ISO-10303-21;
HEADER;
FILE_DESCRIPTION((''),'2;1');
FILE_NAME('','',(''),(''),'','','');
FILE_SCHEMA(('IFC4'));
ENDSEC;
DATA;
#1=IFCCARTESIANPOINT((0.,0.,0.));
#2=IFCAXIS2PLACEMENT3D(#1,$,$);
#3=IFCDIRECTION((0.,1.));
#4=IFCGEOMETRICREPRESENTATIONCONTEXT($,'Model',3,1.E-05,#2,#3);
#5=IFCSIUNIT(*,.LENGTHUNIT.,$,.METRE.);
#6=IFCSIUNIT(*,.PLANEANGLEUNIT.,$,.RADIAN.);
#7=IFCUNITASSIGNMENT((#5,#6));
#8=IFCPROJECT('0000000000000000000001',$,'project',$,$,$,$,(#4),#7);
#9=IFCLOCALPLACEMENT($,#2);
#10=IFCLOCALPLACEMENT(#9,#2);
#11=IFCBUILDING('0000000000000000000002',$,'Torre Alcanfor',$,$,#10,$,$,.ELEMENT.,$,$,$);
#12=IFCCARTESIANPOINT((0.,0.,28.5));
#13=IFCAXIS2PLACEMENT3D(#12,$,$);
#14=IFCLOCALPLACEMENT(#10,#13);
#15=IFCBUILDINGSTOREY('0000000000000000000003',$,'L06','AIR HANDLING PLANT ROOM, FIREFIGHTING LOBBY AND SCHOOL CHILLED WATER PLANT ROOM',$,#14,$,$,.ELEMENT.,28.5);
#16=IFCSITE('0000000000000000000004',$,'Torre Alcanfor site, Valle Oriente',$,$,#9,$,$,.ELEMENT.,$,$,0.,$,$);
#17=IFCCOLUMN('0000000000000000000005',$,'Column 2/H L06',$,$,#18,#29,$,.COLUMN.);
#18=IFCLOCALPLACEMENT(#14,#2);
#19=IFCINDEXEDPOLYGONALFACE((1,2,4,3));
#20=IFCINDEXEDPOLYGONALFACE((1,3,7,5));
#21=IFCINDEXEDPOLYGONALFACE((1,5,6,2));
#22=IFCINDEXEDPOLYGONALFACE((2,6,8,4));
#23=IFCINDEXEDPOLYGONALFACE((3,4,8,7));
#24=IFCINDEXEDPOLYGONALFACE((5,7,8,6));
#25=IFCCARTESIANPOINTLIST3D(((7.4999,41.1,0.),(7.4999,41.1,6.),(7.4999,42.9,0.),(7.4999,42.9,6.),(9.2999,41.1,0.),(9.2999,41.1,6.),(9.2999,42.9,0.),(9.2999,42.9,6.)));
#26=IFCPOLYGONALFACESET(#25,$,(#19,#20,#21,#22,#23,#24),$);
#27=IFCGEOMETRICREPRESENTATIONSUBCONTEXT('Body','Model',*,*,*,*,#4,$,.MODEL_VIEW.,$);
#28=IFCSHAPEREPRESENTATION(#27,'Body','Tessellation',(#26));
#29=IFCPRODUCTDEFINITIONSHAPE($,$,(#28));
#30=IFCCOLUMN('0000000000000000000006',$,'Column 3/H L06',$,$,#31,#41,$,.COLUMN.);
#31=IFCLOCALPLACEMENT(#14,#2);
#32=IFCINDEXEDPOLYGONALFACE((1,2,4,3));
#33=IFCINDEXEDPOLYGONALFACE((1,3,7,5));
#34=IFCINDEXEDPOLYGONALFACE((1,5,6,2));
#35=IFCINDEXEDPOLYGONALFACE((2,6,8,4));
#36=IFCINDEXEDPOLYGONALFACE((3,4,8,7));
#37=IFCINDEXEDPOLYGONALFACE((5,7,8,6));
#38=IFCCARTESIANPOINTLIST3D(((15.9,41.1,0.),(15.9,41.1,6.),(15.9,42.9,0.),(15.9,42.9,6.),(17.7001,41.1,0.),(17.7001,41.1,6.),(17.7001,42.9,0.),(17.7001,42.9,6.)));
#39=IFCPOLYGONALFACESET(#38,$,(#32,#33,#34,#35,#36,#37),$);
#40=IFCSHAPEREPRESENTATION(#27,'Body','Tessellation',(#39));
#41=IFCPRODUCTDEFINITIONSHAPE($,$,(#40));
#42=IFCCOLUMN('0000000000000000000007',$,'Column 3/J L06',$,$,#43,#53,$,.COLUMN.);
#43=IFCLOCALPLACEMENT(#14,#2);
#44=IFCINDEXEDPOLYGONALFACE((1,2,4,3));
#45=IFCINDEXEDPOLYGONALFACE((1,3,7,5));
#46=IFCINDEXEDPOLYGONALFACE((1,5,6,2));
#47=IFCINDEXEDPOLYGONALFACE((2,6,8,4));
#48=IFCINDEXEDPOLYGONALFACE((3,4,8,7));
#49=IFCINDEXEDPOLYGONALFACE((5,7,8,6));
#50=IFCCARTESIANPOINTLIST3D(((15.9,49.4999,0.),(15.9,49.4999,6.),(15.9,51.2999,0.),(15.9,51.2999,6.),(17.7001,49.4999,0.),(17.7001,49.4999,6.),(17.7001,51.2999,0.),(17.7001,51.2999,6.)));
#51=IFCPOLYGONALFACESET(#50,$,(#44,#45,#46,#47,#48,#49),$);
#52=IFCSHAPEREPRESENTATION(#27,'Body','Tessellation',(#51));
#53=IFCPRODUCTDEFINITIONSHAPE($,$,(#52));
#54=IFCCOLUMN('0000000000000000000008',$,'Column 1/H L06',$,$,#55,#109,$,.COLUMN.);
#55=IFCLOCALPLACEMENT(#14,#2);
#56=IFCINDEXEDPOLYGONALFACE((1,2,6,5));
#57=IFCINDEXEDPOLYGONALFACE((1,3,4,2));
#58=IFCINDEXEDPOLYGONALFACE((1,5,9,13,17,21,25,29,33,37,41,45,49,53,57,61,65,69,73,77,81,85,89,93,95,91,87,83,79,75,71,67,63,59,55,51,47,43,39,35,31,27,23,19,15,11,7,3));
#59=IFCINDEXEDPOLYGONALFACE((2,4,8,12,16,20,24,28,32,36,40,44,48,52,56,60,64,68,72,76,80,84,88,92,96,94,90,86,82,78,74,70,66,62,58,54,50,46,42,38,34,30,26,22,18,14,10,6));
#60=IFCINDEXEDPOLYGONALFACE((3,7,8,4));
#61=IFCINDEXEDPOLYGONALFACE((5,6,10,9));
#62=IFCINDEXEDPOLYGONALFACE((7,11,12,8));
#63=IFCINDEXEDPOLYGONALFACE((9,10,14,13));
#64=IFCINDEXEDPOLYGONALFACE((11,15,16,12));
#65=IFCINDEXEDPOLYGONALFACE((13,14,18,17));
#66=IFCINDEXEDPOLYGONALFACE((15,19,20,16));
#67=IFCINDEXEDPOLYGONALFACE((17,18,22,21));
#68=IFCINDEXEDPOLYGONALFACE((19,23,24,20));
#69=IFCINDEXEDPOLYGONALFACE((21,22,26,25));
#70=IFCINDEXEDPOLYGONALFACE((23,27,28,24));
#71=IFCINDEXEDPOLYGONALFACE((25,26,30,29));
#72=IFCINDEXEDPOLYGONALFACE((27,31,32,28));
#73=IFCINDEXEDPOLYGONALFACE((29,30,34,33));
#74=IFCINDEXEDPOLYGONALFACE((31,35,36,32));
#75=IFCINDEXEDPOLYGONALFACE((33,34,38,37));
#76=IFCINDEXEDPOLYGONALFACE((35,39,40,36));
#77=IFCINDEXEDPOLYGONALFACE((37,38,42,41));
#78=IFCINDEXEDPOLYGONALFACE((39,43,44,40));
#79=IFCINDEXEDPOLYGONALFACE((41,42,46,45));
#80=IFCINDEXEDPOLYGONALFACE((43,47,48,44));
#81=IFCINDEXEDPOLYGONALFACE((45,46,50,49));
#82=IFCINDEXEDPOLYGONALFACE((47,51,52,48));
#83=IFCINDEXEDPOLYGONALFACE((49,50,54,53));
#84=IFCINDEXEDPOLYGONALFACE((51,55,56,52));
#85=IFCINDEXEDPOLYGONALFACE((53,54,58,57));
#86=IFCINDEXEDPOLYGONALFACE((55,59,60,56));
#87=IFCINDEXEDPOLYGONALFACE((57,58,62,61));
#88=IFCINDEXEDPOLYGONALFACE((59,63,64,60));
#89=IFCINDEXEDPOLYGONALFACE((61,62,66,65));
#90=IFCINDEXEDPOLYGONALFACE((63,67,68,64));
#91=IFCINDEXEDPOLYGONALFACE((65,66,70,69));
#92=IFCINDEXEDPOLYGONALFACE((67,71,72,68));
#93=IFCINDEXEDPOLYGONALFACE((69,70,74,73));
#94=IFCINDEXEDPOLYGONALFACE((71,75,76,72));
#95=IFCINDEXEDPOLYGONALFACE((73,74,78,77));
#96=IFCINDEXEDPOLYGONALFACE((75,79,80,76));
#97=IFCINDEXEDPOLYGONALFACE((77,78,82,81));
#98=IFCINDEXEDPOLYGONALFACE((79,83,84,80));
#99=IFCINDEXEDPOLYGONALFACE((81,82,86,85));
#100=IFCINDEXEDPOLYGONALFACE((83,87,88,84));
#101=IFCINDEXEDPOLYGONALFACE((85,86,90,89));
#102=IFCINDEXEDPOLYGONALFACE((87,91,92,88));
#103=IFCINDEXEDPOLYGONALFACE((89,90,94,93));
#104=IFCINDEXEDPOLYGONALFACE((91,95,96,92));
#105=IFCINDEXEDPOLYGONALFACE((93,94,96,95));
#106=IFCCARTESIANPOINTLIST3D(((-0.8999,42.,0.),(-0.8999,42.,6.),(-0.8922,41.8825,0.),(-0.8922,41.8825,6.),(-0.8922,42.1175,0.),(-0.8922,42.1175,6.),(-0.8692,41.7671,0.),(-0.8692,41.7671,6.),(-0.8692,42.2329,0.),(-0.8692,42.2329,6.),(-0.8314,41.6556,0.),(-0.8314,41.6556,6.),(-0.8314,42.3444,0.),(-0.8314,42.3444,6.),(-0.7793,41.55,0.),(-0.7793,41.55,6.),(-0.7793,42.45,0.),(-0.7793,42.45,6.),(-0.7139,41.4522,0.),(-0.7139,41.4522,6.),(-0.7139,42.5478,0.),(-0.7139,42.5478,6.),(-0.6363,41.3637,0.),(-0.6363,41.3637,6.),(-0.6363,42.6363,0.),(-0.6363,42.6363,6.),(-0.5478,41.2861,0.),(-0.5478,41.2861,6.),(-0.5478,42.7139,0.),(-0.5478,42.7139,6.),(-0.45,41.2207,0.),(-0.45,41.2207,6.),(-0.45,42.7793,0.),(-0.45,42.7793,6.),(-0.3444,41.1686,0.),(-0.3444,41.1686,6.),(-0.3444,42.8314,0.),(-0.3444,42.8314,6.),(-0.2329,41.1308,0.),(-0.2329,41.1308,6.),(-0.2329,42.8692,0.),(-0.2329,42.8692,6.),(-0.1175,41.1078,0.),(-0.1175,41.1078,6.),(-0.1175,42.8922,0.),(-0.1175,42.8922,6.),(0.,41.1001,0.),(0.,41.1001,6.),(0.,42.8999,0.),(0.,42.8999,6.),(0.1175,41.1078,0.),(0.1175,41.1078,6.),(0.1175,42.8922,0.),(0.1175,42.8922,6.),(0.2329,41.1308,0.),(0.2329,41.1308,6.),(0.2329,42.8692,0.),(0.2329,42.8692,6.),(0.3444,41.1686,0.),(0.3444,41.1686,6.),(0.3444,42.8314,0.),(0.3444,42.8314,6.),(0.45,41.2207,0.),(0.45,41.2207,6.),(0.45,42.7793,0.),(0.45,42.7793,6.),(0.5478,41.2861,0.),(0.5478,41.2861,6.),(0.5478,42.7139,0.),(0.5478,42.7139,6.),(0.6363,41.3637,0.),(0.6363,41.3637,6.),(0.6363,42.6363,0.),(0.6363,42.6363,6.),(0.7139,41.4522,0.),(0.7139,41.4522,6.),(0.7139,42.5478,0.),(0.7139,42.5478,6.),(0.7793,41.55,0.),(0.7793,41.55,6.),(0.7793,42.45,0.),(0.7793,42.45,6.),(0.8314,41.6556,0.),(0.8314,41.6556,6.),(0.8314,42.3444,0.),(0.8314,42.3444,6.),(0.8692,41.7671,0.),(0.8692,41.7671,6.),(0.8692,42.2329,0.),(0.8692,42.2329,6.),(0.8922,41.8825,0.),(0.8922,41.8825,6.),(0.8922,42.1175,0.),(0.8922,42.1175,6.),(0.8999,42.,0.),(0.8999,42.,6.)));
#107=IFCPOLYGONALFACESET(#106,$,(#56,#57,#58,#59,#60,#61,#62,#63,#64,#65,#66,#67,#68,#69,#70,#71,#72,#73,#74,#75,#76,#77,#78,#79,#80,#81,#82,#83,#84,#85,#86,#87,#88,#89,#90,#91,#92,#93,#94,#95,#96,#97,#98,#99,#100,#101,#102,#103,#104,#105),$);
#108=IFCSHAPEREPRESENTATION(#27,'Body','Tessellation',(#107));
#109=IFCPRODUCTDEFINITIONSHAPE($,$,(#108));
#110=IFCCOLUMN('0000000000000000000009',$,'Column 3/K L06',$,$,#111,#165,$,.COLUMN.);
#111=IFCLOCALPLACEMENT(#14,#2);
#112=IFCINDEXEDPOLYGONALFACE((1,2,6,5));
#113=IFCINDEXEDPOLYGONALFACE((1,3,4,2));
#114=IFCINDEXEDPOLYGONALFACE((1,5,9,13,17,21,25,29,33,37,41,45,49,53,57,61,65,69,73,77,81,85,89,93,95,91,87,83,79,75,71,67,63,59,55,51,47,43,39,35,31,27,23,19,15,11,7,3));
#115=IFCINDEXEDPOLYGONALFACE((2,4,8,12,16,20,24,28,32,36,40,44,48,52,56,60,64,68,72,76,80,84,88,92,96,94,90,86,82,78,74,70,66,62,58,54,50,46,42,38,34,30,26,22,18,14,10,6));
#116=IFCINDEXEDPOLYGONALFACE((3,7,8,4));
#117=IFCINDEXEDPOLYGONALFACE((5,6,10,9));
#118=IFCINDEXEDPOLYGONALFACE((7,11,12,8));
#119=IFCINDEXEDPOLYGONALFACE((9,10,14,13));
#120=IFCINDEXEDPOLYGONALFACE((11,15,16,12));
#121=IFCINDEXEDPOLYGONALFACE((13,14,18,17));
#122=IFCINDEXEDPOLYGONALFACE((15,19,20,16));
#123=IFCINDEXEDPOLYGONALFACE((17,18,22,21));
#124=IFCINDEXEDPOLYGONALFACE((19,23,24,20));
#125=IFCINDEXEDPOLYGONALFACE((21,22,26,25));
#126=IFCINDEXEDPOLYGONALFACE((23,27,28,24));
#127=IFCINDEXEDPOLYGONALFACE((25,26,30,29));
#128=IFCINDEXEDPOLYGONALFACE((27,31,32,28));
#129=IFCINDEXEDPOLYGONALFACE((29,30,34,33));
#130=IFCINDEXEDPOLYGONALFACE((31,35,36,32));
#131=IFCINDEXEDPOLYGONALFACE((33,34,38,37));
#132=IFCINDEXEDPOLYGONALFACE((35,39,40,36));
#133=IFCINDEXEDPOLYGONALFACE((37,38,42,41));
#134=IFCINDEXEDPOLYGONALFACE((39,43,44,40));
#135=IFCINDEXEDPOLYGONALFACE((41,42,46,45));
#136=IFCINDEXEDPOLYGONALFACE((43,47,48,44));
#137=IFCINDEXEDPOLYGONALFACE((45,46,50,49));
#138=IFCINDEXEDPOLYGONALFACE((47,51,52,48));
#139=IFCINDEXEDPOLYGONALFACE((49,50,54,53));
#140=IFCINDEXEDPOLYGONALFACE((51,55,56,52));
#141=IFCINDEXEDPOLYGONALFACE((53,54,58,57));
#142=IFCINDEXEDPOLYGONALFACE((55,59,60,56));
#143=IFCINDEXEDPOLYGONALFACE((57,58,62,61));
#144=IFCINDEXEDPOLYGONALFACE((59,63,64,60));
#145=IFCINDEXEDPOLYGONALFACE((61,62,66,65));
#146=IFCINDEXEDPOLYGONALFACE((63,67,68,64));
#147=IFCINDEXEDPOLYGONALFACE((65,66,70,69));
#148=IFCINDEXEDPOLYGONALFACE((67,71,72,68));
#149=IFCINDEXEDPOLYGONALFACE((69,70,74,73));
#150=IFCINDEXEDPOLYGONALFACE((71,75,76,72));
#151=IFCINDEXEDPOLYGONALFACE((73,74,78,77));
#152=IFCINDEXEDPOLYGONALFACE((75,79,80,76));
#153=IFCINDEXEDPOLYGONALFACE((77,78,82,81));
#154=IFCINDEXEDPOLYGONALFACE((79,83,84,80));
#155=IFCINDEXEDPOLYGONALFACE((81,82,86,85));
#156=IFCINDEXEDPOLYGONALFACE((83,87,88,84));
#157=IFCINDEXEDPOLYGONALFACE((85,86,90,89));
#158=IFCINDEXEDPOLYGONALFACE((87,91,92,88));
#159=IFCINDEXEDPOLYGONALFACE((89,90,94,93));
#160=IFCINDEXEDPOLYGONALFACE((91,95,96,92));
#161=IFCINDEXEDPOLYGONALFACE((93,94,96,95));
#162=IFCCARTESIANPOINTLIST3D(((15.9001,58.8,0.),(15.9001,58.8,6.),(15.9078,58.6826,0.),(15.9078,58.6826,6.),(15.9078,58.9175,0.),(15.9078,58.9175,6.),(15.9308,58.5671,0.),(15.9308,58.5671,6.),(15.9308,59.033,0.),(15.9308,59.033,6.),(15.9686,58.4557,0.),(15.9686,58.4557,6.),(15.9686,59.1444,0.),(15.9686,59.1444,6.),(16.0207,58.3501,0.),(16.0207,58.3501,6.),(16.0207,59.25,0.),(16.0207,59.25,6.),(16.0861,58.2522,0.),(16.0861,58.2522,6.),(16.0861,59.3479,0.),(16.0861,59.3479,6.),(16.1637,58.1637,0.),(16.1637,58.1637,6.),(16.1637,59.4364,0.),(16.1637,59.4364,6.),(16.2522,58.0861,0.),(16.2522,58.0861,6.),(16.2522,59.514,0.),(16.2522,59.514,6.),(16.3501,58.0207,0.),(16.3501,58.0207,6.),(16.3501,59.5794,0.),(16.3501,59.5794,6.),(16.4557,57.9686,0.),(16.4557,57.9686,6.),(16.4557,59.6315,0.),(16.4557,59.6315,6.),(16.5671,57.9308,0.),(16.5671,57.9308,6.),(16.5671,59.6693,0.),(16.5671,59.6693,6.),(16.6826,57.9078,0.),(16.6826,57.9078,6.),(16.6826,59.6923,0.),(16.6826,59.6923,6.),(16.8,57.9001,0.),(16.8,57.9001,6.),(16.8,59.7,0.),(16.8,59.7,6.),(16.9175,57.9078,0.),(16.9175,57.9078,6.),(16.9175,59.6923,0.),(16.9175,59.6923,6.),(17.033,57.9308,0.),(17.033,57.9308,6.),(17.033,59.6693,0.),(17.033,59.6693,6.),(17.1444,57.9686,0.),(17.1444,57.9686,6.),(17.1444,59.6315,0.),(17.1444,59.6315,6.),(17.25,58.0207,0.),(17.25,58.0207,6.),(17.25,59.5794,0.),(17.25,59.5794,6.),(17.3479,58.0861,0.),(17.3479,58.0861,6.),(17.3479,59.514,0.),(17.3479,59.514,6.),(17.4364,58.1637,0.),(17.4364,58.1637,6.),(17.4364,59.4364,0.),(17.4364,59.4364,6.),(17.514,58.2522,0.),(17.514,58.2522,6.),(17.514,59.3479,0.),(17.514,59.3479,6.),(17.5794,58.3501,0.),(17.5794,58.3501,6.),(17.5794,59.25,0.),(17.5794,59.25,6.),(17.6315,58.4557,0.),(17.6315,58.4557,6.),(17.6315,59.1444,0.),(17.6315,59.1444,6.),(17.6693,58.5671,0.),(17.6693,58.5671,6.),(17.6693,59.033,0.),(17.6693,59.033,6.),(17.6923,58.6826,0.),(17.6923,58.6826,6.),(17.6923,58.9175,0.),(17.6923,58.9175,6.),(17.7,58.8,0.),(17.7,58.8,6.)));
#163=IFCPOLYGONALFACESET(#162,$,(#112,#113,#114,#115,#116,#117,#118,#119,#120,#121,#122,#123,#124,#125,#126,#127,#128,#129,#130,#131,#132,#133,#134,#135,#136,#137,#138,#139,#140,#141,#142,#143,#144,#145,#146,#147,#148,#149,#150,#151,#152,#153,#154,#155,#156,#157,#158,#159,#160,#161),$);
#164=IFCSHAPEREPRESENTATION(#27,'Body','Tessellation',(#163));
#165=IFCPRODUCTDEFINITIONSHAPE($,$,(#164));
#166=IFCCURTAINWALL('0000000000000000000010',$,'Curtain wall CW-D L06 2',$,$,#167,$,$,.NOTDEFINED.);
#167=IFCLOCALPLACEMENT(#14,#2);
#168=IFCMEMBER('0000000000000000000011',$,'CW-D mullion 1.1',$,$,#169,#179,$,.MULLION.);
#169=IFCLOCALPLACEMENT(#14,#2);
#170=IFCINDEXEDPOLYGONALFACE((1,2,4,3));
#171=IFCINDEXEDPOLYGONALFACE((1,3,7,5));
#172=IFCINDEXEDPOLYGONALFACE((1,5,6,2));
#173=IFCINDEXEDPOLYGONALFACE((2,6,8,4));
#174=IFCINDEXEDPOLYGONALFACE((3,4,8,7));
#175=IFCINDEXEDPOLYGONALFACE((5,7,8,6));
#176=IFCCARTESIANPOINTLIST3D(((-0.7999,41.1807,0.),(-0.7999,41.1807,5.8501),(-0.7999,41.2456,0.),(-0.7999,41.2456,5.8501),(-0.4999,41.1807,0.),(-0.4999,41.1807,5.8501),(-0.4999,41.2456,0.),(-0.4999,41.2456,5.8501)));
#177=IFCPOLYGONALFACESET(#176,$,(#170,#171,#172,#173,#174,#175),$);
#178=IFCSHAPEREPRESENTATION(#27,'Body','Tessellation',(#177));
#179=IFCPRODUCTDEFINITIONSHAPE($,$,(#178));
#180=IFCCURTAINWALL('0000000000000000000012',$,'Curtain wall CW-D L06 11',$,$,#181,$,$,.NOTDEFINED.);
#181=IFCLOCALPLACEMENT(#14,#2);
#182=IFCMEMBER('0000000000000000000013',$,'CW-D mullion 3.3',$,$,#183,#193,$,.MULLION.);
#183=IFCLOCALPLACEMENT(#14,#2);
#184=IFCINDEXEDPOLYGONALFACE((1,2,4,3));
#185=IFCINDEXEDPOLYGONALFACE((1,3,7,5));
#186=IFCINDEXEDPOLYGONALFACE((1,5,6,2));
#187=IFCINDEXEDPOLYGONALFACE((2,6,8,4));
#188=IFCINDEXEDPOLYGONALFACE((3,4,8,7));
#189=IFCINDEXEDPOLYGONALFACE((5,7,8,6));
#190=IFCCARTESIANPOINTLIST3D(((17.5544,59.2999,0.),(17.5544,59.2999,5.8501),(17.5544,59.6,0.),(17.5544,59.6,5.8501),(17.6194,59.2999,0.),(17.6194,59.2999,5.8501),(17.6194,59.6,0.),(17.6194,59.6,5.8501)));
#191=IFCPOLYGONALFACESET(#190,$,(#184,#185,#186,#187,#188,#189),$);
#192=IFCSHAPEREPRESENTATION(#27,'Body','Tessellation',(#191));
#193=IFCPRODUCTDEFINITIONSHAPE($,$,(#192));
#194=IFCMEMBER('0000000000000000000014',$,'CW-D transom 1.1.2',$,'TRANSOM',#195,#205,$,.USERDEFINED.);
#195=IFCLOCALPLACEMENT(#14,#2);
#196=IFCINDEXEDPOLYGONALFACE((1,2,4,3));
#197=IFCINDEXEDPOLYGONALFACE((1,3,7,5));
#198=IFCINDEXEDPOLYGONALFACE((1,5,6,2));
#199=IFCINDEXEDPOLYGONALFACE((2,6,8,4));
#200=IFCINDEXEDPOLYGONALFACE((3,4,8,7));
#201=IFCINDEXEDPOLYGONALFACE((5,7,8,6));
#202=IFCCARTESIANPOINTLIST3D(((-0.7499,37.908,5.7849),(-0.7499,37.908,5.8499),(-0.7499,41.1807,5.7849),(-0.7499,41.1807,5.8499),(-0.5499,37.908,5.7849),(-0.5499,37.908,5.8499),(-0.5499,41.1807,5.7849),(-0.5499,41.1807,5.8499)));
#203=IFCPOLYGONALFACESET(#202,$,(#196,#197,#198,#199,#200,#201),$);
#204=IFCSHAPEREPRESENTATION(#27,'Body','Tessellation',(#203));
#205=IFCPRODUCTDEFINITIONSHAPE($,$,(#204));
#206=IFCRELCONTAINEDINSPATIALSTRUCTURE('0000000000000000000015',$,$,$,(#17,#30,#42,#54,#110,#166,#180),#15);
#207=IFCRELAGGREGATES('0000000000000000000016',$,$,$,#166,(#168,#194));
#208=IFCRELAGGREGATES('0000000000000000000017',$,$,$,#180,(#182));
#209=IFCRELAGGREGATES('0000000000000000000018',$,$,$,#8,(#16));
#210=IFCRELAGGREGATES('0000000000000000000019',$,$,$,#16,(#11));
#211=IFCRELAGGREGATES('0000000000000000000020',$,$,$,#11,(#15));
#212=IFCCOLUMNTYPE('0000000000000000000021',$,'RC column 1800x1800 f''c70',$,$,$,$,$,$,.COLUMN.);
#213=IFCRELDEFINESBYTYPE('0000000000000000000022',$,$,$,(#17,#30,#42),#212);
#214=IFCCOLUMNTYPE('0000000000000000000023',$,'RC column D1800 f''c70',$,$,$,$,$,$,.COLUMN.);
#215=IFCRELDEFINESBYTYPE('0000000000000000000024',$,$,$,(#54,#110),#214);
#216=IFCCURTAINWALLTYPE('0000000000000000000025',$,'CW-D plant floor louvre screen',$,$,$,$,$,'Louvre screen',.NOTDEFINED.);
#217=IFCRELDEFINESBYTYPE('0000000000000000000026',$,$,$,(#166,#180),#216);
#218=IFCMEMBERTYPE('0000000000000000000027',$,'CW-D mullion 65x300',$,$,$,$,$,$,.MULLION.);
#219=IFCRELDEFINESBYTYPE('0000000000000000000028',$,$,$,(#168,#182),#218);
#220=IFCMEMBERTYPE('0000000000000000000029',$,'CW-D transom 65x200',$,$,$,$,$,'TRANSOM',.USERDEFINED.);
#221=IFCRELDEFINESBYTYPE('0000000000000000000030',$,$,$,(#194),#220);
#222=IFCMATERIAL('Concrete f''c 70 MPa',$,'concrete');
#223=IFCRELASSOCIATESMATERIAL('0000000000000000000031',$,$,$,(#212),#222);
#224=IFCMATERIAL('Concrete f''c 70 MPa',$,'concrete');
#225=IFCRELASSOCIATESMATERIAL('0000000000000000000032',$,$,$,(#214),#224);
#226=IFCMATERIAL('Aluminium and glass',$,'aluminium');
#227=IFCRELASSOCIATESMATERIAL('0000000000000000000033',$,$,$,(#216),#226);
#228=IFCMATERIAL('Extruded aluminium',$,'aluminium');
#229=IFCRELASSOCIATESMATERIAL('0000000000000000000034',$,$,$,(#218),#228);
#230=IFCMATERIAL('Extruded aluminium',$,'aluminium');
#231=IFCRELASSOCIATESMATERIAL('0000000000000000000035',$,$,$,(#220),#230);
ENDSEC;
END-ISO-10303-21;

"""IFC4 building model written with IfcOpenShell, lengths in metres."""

from ifc_helpers import new_model, si_unit, direction, frame, origin, origin_2d, place, context, subcontext, project, spatial, rectangle, circle, extrude, material, material_profile, profile_set, type_object, element, aggregate, save


model = new_model("IFC4")

# Units and contexts
model_context = context("Model", 3, precision=1e-05, world=origin(), true_north=direction((0.0, 1.0)))
body_context = subcontext(model_context, "Body", "Model", "MODEL_VIEW")
ifc_project = project(units=[si_unit("LENGTHUNIT", "METRE"), si_unit("PLANEANGLEUNIT", "RADIAN")], contexts=[model_context])

# Site, building, storey
site_placement = place(None, origin())
site = spatial("IfcSite", under=ifc_project, at=site_placement, Name="Torre Alcanfor site, Valle Oriente", CompositionType="ELEMENT", RefElevation=0.0)
building_placement = place(site_placement, origin())
building = spatial("IfcBuilding", under=site, at=building_placement, Name="Torre Alcanfor", CompositionType="ELEMENT")
storey_placement = place(building_placement, frame((0.0, 0.0, 28.5)))
storey = spatial("IfcBuildingStorey", under=building, at=storey_placement, Name="L06", Description="AIR HANDLING PLANT ROOM, FIREFIGHTING LOBBY AND SCHOOL CHILLED WATER PLANT ROOM", CompositionType="ELEMENT", Elevation=28.5)

# Columns
ifc_material_1 = material(Name="Concrete f'c 70 MPa", Category="concrete")
ifc_material_profile_1 = material_profile(ifc_material_1, rectangle(XDim=1.8, YDim=1.8, at=origin_2d()), Name="1800x1800")
ifc_profile_set_1 = profile_set([ifc_material_profile_1], Name="Concrete f'c 70 MPa")
column_type_1 = type_object("IfcColumnType", Name="RC column 1800x1800 f'c70", PredefinedType="COLUMN", material=ifc_profile_set_1)
for number, where, z_axis, x_axis, name in (
    (1, (8.3999, 42.0, 0.0), (0.0, 0.0, 1.0), (1.0, 0.0, 0.0), "Column 2/H L06"),
    (2, (16.8, 42.0, 0.0), (0.0, 0.0, 1.0), (1.0, 0.0, 0.0), "Column 3/H L06"),
    (3, (16.8, 50.3999, 0.0), (0.0, 0.0, 1.0), (1.0, 0.0, 0.0), "Column 3/J L06"),
):
    element("IfcColumn", number, at=place(storey_placement, frame(where, z_axis=z_axis, x_axis=x_axis)), inside=storey, type_object=column_type_1, Name=name, PredefinedType="COLUMN", context=body_context, shape_type="SweptSolid", body=[
        extrude(rectangle(XDim=1.8, YDim=1.8, at=origin_2d()), origin(), (0.0, 0.0, 1.0), 6.0),
    ])
ifc_material_2 = material(Name="Concrete f'c 70 MPa", Category="concrete")
ifc_material_profile_2 = material_profile(ifc_material_2, circle(Radius=0.8999, at=origin_2d()), Name="D1800")
ifc_profile_set_2 = profile_set([ifc_material_profile_2], Name="Concrete f'c 70 MPa")
column_type_2 = type_object("IfcColumnType", Name="RC column D1800 f'c70", PredefinedType="COLUMN", material=ifc_profile_set_2)
for number, where, z_axis, x_axis, name in (
    (4, (0.0, 42.0, 0.0), (0.0, 0.0, 1.0), (1.0, 0.0, 0.0), "Column 1/H L06"),
    (5, (16.8, 58.8, 0.0), (0.0, 0.0, 1.0), (1.0, 0.0, 0.0), "Column 3/K L06"),
):
    element("IfcColumn", number, at=place(storey_placement, frame(where, z_axis=z_axis, x_axis=x_axis)), inside=storey, type_object=column_type_2, Name=name, PredefinedType="COLUMN", context=body_context, shape_type="SweptSolid", body=[
        extrude(circle(Radius=0.8999, at=origin_2d()), origin(), (0.0, 0.0, 1.0), 6.0),
    ])

# Curtain walls, members
ifc_material_3 = material(Name="Aluminium and glass", Category="aluminium")
curtain_wall_type = type_object("IfcCurtainWallType", Name="CW-D plant floor louvre screen", ElementType="Louvre screen", PredefinedType="NOTDEFINED", material=ifc_material_3)
curtain_wall_1_placement = place(storey_placement, origin())
curtain_wall_1 = element("IfcCurtainWall", 6, at=curtain_wall_1_placement, inside=storey, type_object=curtain_wall_type, Name="Curtain wall CW-D L06 2", PredefinedType="NOTDEFINED")
ifc_material_4 = material(Name="Extruded aluminium", Category="aluminium")
ifc_material_profile_3 = material_profile(ifc_material_4, rectangle(XDim=0.3, YDim=0.0649, at=origin_2d()), Name="CW-D mullion 65x300")
ifc_profile_set_3 = profile_set([ifc_material_profile_3], Name="Extruded aluminium")
member_type_1 = type_object("IfcMemberType", Name="CW-D mullion 65x300", PredefinedType="MULLION", material=ifc_profile_set_3)
member_1_placement = place(storey_placement, frame((-0.6499, 41.2131, 0.0), z_axis=(0.0, 0.0, 1.0), x_axis=(1.0, 0.0, 0.0)))
member_1 = element("IfcMember", 7, at=member_1_placement, type_object=member_type_1, Name="CW-D mullion 1.1", PredefinedType="MULLION", context=body_context, shape_type="SweptSolid", body=[
    extrude(rectangle(XDim=0.3, YDim=0.0649, at=origin_2d()), origin(), (0.0, 0.0, 1.0), 5.8501),
])
curtain_wall_2_placement = place(storey_placement, origin())
curtain_wall_2 = element("IfcCurtainWall", 8, at=curtain_wall_2_placement, inside=storey, type_object=curtain_wall_type, Name="Curtain wall CW-D L06 11", PredefinedType="NOTDEFINED")
member_2_placement = place(storey_placement, frame((17.5869, 59.45, 0.0), z_axis=(0.0, 0.0, 1.0), x_axis=(0.0, -1.0, 0.0)))
member_2 = element("IfcMember", 9, at=member_2_placement, type_object=member_type_1, Name="CW-D mullion 3.3", PredefinedType="MULLION", context=body_context, shape_type="SweptSolid", body=[
    extrude(rectangle(XDim=0.3, YDim=0.0649, at=origin_2d()), origin(), (0.0, 0.0, 1.0), 5.8501),
])

# Member
ifc_material_5 = material(Name="Extruded aluminium", Category="aluminium")
ifc_material_profile_4 = material_profile(ifc_material_5, rectangle(XDim=0.2, YDim=0.0649, at=origin_2d()), Name="CW-D transom 200x65")
ifc_profile_set_4 = profile_set([ifc_material_profile_4], Name="Extruded aluminium")
member_type_2 = type_object("IfcMemberType", Name="CW-D transom 65x200", ElementType="TRANSOM", PredefinedType="USERDEFINED", material=ifc_profile_set_4)
member_3_placement = place(storey_placement, frame((-0.6499, 41.1807, 5.8174), z_axis=(0.0, -1.0, 0.0), x_axis=(1.0, 0.0, 0.0)))
member_3 = element("IfcMember", 10, at=member_3_placement, type_object=member_type_2, Name="CW-D transom 1.1.2", ObjectType="TRANSOM", PredefinedType="USERDEFINED", context=body_context, shape_type="SweptSolid", body=[
    extrude(rectangle(XDim=0.2, YDim=0.0649, at=origin_2d()), origin(), (0.0, 0.0, 1.0), 3.2727),
])
aggregate(curtain_wall_1, [member_1, member_3])

aggregate(curtain_wall_2, [member_2])

save(model, "model.ifc")
